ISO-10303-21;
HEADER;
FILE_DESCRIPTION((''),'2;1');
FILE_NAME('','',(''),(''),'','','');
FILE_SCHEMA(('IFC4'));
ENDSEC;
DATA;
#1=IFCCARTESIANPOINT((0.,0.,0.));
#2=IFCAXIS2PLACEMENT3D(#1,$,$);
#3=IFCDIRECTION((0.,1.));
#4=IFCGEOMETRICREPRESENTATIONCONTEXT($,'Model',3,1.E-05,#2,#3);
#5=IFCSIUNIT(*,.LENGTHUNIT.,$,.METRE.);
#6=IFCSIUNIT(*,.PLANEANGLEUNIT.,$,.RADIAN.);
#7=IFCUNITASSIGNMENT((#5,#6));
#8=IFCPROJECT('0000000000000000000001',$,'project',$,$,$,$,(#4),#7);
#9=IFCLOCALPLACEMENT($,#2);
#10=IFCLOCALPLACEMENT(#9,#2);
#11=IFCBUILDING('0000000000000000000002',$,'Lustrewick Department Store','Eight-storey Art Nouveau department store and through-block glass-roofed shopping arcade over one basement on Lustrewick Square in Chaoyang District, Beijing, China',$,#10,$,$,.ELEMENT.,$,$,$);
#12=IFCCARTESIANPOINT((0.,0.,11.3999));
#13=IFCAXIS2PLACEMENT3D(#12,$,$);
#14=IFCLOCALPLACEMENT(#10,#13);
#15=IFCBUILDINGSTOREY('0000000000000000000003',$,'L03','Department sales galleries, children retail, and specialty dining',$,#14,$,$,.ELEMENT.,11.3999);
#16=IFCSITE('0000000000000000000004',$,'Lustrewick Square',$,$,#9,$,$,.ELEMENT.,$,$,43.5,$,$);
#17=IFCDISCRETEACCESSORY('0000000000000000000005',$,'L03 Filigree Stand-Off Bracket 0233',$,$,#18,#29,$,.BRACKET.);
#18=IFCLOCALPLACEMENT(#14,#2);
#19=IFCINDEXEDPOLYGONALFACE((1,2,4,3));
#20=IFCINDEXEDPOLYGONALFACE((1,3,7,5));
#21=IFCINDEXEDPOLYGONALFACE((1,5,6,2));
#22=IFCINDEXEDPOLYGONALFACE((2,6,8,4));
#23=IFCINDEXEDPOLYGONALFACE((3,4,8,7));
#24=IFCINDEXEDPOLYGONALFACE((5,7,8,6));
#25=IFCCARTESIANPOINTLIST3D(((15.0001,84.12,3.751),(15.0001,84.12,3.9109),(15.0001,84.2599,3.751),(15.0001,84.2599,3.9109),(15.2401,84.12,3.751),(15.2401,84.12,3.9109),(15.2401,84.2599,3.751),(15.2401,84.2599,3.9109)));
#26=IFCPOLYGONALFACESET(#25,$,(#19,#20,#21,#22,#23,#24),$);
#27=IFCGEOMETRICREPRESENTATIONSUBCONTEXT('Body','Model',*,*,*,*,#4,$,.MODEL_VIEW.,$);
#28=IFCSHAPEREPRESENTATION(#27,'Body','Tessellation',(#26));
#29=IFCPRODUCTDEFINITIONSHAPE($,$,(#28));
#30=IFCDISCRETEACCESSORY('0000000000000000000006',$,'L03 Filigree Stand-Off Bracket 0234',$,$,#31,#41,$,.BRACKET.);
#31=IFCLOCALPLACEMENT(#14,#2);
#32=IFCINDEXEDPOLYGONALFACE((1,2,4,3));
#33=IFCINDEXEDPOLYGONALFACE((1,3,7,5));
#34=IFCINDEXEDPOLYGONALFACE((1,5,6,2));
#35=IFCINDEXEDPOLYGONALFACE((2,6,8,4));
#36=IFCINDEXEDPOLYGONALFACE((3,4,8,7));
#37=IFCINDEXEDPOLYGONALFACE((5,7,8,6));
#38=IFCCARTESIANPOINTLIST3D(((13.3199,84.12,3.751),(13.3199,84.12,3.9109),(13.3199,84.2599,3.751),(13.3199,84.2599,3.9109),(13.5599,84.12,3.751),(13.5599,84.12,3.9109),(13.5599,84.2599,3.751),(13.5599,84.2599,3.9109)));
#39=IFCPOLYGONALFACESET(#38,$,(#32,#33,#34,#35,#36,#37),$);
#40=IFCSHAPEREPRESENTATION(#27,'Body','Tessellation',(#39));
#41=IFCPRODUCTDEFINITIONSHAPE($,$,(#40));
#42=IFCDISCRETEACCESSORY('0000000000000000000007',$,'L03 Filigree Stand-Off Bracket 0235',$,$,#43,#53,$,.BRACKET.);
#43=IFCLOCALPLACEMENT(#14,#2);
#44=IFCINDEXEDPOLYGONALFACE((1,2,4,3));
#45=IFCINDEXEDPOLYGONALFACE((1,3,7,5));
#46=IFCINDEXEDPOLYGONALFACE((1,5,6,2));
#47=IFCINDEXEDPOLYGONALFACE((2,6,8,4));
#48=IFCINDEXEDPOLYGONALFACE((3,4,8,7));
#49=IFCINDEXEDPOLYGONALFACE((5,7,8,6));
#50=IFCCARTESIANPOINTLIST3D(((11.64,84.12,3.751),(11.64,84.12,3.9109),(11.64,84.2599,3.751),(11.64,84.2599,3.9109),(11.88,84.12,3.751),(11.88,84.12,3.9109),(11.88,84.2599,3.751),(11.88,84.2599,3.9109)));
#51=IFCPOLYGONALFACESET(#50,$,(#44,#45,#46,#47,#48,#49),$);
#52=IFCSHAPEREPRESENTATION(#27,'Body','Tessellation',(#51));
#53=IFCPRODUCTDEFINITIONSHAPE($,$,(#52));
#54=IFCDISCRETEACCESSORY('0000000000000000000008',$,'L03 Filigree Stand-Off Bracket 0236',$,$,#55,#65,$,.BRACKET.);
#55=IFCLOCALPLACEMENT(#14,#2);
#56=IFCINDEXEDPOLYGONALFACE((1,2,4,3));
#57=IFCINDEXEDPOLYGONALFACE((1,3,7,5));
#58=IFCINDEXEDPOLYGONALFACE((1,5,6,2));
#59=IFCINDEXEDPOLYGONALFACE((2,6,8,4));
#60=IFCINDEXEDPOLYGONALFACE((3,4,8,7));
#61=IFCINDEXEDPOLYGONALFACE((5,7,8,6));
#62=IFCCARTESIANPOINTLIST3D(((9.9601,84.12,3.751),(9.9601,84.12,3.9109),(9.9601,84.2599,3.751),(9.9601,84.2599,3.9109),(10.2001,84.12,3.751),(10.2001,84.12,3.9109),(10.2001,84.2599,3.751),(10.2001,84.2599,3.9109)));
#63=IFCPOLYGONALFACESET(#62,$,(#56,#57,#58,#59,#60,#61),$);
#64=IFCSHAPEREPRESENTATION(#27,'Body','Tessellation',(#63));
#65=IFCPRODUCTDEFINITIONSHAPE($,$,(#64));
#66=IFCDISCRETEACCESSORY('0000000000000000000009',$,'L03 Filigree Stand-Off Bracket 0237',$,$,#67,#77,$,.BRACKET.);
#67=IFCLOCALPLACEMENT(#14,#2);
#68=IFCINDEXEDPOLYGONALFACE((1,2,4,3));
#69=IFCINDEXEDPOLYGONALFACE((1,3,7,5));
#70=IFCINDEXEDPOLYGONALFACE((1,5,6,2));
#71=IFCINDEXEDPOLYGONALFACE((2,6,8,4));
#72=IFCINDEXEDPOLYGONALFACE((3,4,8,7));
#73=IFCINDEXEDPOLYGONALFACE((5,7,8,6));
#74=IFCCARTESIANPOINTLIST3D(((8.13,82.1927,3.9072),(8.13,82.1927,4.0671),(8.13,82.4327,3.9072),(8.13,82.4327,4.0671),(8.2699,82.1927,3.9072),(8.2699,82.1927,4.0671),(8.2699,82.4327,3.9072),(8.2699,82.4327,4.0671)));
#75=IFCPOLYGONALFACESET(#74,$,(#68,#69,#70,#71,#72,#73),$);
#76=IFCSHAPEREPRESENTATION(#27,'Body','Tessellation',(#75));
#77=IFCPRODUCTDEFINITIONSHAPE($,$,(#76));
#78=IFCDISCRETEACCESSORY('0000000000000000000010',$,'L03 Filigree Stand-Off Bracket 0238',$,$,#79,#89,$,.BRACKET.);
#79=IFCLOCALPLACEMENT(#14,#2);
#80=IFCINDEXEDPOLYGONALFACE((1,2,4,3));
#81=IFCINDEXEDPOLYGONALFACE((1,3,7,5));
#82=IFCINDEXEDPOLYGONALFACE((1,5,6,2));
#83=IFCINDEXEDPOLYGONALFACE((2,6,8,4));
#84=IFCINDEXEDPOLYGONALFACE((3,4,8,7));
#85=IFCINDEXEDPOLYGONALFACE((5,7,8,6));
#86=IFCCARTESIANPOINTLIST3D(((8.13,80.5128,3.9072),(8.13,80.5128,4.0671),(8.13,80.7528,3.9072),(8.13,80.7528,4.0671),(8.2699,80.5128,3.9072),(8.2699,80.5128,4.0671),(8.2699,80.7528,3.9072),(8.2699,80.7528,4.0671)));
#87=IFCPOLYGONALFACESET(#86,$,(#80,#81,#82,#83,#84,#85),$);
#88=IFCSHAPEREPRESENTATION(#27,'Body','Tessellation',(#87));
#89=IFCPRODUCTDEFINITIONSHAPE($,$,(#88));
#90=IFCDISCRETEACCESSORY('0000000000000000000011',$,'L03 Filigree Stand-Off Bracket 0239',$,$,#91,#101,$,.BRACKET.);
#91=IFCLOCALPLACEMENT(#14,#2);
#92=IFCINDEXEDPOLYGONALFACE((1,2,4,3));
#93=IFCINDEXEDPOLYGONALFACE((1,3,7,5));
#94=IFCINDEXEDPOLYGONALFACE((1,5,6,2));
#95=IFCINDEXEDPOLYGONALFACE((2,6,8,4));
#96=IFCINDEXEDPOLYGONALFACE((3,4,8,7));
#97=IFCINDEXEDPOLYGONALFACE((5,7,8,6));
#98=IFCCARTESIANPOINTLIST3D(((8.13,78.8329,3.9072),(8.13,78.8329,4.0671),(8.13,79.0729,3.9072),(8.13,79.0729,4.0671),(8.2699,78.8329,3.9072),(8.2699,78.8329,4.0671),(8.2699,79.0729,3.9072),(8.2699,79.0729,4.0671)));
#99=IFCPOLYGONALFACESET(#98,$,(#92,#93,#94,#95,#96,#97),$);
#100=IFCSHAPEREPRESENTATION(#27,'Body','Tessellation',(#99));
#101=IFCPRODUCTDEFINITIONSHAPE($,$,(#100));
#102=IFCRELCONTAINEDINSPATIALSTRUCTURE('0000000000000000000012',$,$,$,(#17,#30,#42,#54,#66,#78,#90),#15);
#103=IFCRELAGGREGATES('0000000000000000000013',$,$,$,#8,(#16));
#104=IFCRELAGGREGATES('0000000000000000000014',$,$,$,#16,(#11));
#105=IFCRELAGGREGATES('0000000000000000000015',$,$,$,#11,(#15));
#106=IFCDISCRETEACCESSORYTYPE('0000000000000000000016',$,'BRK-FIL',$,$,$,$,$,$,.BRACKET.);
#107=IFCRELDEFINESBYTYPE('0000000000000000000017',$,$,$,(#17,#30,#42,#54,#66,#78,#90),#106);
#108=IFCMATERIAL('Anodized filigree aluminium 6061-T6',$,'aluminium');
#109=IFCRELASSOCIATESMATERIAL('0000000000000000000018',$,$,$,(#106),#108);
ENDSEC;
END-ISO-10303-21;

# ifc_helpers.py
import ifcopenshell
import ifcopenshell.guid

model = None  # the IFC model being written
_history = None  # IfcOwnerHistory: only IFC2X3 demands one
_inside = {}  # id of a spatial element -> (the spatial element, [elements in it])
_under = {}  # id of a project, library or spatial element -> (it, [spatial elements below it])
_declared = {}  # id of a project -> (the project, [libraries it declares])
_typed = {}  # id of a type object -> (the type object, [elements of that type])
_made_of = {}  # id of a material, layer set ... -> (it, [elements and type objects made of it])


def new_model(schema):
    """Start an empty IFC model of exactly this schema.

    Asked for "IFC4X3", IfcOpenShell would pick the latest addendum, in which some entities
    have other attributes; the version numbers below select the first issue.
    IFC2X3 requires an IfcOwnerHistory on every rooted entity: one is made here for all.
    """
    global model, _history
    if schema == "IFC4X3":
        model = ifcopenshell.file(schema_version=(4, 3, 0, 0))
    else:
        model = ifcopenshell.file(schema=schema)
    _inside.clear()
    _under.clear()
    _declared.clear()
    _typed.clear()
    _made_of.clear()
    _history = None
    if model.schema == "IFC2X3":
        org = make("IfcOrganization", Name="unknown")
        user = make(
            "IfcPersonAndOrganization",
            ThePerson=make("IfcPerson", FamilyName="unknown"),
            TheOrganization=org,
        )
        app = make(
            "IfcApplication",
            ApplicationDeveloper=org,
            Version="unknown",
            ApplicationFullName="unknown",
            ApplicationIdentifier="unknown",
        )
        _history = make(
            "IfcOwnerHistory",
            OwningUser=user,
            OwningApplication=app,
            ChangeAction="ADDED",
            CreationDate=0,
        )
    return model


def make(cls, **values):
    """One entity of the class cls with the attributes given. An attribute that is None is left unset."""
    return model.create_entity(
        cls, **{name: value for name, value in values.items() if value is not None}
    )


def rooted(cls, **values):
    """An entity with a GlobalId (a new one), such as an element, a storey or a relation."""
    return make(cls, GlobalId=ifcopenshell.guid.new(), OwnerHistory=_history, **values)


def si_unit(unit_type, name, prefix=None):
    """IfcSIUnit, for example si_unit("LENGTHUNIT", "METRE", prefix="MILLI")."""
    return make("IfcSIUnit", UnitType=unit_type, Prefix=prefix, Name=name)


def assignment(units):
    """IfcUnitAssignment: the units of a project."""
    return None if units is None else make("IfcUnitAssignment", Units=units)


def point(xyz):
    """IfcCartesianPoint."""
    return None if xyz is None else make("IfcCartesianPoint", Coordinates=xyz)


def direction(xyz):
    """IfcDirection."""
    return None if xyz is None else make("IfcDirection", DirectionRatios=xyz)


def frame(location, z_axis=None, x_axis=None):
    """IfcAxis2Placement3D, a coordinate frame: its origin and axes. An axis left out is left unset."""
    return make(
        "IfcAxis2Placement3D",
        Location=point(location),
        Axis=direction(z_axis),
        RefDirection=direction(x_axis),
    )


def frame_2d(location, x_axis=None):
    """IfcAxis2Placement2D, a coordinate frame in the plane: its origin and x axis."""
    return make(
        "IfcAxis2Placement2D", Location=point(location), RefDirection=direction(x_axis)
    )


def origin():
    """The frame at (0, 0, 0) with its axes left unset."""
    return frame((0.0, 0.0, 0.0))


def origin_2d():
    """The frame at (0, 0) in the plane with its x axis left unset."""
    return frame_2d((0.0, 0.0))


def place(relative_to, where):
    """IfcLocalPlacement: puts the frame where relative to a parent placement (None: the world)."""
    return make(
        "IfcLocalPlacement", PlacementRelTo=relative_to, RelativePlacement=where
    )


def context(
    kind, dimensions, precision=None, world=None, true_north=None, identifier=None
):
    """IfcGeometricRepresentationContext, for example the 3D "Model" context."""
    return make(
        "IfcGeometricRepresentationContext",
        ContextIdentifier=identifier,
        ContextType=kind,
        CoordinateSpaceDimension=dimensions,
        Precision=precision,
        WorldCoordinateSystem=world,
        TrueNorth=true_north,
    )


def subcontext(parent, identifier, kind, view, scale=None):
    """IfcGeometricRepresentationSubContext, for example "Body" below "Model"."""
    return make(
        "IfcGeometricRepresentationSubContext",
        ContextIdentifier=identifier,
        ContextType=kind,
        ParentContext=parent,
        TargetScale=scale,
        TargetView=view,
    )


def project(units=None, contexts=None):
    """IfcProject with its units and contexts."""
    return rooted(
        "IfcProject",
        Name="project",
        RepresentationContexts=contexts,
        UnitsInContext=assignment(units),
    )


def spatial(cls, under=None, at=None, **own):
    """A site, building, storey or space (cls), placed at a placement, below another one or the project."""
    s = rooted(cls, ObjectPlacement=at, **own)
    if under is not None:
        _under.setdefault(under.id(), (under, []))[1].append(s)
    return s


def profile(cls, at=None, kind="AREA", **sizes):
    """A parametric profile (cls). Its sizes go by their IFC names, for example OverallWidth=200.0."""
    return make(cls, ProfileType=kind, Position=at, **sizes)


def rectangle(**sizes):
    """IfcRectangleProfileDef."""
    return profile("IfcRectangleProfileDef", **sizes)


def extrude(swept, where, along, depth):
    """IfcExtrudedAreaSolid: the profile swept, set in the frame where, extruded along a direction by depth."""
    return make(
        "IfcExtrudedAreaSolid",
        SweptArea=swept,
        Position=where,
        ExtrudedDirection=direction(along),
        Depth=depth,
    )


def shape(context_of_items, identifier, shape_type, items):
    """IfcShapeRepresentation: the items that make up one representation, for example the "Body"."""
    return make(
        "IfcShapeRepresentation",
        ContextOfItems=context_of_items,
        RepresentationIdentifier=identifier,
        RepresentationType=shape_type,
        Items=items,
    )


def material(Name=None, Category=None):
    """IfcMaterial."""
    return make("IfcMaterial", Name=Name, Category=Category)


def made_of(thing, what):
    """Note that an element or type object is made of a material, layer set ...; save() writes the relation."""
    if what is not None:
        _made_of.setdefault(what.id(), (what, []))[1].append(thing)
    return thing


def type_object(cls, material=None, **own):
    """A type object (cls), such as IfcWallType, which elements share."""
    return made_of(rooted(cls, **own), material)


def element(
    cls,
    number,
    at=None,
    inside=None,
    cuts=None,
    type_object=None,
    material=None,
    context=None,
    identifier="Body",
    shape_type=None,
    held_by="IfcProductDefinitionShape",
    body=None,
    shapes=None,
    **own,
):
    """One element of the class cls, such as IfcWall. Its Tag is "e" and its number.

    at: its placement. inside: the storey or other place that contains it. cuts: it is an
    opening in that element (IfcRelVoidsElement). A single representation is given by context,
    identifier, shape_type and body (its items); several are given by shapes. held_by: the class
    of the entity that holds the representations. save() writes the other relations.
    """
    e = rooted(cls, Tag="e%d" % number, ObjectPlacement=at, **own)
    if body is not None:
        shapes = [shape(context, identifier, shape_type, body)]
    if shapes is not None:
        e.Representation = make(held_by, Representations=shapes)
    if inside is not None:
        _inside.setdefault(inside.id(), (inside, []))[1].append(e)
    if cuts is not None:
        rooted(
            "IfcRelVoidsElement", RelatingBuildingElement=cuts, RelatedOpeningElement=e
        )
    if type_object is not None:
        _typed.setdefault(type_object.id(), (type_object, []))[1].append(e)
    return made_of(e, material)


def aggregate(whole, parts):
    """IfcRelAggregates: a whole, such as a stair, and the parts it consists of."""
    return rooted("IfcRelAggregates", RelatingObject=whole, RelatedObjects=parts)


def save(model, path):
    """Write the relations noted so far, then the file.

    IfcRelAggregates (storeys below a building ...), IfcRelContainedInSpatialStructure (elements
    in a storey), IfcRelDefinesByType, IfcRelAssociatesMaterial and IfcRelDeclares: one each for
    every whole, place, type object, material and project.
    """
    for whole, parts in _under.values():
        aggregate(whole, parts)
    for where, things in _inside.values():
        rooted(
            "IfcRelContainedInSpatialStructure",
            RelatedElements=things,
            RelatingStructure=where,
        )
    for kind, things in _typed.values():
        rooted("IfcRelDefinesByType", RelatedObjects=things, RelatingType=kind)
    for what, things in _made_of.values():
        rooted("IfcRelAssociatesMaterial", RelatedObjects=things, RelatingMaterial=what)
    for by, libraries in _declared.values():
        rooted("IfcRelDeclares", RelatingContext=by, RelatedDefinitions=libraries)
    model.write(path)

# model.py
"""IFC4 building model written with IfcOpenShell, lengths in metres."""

from ifc_helpers import new_model, si_unit, direction, frame, origin, origin_2d, place, context, subcontext, project, spatial, rectangle, extrude, material, type_object, element, save


model = new_model("IFC4")

# Units and contexts
model_context = context("Model", 3, precision=1e-05, world=origin(), true_north=direction((0.0, 1.0)))
body_context = subcontext(model_context, "Body", "Model", "MODEL_VIEW")
ifc_project = project(units=[si_unit("LENGTHUNIT", "METRE"), si_unit("PLANEANGLEUNIT", "RADIAN")], contexts=[model_context])

# Site, building, storey
site_placement = place(None, origin())
site = spatial("IfcSite", under=ifc_project, at=site_placement, Name="Lustrewick Square", CompositionType="ELEMENT", RefElevation=43.5)
building_placement = place(site_placement, origin())
building = spatial("IfcBuilding", under=site, at=building_placement, Name="Lustrewick Department Store", Description="Eight-storey Art Nouveau department store and through-block glass-roofed shopping arcade over one basement on Lustrewick Square in Chaoyang District, Beijing, China", CompositionType="ELEMENT")
storey_placement = place(building_placement, frame((0.0, 0.0, 11.3999)))
storey = spatial("IfcBuildingStorey", under=building, at=storey_placement, Name="L03", Description="Department sales galleries, children retail, and specialty dining", CompositionType="ELEMENT", Elevation=11.3999)

# Discrete accessories
ifc_material_1 = material(Name="Anodized filigree aluminium 6061-T6", Category="aluminium")
discrete_accessory_type = type_object("IfcDiscreteAccessoryType", Name="BRK-FIL", PredefinedType="BRACKET", material=ifc_material_1)
for number, where, z_axis, x_axis, name in (
    (1, (15.1201, 84.1899, 3.751), (0.0, 0.0, 1.0), (-1.0, 0.0, 0.0), "L03 Filigree Stand-Off Bracket 0233"),
    (2, (13.4399, 84.1899, 3.751), (0.0, 0.0, 1.0), (-1.0, 0.0, 0.0), "L03 Filigree Stand-Off Bracket 0234"),
    (3, (11.76, 84.1899, 3.751), (0.0, 0.0, 1.0), (-1.0, 0.0, 0.0), "L03 Filigree Stand-Off Bracket 0235"),
    (4, (10.0801, 84.1899, 3.751), (0.0, 0.0, 1.0), (-1.0, 0.0, 0.0), "L03 Filigree Stand-Off Bracket 0236"),
    (5, (8.2, 82.3127, 3.9072), (0.0, 0.0, 1.0), (0.0, -1.0, 0.0), "L03 Filigree Stand-Off Bracket 0237"),
    (6, (8.2, 80.6328, 3.9072), (0.0, 0.0, 1.0), (0.0, -1.0, 0.0), "L03 Filigree Stand-Off Bracket 0238"),
    (7, (8.2, 78.9529, 3.9072), (0.0, 0.0, 1.0), (0.0, -1.0, 0.0), "L03 Filigree Stand-Off Bracket 0239"),
):
    element("IfcDiscreteAccessory", number, at=place(storey_placement, frame(where, z_axis=z_axis, x_axis=x_axis)), inside=storey, type_object=discrete_accessory_type, Name=name, PredefinedType="BRACKET", context=body_context, shape_type="SweptSolid", body=[
        extrude(rectangle(XDim=0.24, YDim=0.1399, at=origin_2d()), origin(), (0.0, 0.0, 1.0), 0.1599),
    ])

save(model, "model.ifc")
